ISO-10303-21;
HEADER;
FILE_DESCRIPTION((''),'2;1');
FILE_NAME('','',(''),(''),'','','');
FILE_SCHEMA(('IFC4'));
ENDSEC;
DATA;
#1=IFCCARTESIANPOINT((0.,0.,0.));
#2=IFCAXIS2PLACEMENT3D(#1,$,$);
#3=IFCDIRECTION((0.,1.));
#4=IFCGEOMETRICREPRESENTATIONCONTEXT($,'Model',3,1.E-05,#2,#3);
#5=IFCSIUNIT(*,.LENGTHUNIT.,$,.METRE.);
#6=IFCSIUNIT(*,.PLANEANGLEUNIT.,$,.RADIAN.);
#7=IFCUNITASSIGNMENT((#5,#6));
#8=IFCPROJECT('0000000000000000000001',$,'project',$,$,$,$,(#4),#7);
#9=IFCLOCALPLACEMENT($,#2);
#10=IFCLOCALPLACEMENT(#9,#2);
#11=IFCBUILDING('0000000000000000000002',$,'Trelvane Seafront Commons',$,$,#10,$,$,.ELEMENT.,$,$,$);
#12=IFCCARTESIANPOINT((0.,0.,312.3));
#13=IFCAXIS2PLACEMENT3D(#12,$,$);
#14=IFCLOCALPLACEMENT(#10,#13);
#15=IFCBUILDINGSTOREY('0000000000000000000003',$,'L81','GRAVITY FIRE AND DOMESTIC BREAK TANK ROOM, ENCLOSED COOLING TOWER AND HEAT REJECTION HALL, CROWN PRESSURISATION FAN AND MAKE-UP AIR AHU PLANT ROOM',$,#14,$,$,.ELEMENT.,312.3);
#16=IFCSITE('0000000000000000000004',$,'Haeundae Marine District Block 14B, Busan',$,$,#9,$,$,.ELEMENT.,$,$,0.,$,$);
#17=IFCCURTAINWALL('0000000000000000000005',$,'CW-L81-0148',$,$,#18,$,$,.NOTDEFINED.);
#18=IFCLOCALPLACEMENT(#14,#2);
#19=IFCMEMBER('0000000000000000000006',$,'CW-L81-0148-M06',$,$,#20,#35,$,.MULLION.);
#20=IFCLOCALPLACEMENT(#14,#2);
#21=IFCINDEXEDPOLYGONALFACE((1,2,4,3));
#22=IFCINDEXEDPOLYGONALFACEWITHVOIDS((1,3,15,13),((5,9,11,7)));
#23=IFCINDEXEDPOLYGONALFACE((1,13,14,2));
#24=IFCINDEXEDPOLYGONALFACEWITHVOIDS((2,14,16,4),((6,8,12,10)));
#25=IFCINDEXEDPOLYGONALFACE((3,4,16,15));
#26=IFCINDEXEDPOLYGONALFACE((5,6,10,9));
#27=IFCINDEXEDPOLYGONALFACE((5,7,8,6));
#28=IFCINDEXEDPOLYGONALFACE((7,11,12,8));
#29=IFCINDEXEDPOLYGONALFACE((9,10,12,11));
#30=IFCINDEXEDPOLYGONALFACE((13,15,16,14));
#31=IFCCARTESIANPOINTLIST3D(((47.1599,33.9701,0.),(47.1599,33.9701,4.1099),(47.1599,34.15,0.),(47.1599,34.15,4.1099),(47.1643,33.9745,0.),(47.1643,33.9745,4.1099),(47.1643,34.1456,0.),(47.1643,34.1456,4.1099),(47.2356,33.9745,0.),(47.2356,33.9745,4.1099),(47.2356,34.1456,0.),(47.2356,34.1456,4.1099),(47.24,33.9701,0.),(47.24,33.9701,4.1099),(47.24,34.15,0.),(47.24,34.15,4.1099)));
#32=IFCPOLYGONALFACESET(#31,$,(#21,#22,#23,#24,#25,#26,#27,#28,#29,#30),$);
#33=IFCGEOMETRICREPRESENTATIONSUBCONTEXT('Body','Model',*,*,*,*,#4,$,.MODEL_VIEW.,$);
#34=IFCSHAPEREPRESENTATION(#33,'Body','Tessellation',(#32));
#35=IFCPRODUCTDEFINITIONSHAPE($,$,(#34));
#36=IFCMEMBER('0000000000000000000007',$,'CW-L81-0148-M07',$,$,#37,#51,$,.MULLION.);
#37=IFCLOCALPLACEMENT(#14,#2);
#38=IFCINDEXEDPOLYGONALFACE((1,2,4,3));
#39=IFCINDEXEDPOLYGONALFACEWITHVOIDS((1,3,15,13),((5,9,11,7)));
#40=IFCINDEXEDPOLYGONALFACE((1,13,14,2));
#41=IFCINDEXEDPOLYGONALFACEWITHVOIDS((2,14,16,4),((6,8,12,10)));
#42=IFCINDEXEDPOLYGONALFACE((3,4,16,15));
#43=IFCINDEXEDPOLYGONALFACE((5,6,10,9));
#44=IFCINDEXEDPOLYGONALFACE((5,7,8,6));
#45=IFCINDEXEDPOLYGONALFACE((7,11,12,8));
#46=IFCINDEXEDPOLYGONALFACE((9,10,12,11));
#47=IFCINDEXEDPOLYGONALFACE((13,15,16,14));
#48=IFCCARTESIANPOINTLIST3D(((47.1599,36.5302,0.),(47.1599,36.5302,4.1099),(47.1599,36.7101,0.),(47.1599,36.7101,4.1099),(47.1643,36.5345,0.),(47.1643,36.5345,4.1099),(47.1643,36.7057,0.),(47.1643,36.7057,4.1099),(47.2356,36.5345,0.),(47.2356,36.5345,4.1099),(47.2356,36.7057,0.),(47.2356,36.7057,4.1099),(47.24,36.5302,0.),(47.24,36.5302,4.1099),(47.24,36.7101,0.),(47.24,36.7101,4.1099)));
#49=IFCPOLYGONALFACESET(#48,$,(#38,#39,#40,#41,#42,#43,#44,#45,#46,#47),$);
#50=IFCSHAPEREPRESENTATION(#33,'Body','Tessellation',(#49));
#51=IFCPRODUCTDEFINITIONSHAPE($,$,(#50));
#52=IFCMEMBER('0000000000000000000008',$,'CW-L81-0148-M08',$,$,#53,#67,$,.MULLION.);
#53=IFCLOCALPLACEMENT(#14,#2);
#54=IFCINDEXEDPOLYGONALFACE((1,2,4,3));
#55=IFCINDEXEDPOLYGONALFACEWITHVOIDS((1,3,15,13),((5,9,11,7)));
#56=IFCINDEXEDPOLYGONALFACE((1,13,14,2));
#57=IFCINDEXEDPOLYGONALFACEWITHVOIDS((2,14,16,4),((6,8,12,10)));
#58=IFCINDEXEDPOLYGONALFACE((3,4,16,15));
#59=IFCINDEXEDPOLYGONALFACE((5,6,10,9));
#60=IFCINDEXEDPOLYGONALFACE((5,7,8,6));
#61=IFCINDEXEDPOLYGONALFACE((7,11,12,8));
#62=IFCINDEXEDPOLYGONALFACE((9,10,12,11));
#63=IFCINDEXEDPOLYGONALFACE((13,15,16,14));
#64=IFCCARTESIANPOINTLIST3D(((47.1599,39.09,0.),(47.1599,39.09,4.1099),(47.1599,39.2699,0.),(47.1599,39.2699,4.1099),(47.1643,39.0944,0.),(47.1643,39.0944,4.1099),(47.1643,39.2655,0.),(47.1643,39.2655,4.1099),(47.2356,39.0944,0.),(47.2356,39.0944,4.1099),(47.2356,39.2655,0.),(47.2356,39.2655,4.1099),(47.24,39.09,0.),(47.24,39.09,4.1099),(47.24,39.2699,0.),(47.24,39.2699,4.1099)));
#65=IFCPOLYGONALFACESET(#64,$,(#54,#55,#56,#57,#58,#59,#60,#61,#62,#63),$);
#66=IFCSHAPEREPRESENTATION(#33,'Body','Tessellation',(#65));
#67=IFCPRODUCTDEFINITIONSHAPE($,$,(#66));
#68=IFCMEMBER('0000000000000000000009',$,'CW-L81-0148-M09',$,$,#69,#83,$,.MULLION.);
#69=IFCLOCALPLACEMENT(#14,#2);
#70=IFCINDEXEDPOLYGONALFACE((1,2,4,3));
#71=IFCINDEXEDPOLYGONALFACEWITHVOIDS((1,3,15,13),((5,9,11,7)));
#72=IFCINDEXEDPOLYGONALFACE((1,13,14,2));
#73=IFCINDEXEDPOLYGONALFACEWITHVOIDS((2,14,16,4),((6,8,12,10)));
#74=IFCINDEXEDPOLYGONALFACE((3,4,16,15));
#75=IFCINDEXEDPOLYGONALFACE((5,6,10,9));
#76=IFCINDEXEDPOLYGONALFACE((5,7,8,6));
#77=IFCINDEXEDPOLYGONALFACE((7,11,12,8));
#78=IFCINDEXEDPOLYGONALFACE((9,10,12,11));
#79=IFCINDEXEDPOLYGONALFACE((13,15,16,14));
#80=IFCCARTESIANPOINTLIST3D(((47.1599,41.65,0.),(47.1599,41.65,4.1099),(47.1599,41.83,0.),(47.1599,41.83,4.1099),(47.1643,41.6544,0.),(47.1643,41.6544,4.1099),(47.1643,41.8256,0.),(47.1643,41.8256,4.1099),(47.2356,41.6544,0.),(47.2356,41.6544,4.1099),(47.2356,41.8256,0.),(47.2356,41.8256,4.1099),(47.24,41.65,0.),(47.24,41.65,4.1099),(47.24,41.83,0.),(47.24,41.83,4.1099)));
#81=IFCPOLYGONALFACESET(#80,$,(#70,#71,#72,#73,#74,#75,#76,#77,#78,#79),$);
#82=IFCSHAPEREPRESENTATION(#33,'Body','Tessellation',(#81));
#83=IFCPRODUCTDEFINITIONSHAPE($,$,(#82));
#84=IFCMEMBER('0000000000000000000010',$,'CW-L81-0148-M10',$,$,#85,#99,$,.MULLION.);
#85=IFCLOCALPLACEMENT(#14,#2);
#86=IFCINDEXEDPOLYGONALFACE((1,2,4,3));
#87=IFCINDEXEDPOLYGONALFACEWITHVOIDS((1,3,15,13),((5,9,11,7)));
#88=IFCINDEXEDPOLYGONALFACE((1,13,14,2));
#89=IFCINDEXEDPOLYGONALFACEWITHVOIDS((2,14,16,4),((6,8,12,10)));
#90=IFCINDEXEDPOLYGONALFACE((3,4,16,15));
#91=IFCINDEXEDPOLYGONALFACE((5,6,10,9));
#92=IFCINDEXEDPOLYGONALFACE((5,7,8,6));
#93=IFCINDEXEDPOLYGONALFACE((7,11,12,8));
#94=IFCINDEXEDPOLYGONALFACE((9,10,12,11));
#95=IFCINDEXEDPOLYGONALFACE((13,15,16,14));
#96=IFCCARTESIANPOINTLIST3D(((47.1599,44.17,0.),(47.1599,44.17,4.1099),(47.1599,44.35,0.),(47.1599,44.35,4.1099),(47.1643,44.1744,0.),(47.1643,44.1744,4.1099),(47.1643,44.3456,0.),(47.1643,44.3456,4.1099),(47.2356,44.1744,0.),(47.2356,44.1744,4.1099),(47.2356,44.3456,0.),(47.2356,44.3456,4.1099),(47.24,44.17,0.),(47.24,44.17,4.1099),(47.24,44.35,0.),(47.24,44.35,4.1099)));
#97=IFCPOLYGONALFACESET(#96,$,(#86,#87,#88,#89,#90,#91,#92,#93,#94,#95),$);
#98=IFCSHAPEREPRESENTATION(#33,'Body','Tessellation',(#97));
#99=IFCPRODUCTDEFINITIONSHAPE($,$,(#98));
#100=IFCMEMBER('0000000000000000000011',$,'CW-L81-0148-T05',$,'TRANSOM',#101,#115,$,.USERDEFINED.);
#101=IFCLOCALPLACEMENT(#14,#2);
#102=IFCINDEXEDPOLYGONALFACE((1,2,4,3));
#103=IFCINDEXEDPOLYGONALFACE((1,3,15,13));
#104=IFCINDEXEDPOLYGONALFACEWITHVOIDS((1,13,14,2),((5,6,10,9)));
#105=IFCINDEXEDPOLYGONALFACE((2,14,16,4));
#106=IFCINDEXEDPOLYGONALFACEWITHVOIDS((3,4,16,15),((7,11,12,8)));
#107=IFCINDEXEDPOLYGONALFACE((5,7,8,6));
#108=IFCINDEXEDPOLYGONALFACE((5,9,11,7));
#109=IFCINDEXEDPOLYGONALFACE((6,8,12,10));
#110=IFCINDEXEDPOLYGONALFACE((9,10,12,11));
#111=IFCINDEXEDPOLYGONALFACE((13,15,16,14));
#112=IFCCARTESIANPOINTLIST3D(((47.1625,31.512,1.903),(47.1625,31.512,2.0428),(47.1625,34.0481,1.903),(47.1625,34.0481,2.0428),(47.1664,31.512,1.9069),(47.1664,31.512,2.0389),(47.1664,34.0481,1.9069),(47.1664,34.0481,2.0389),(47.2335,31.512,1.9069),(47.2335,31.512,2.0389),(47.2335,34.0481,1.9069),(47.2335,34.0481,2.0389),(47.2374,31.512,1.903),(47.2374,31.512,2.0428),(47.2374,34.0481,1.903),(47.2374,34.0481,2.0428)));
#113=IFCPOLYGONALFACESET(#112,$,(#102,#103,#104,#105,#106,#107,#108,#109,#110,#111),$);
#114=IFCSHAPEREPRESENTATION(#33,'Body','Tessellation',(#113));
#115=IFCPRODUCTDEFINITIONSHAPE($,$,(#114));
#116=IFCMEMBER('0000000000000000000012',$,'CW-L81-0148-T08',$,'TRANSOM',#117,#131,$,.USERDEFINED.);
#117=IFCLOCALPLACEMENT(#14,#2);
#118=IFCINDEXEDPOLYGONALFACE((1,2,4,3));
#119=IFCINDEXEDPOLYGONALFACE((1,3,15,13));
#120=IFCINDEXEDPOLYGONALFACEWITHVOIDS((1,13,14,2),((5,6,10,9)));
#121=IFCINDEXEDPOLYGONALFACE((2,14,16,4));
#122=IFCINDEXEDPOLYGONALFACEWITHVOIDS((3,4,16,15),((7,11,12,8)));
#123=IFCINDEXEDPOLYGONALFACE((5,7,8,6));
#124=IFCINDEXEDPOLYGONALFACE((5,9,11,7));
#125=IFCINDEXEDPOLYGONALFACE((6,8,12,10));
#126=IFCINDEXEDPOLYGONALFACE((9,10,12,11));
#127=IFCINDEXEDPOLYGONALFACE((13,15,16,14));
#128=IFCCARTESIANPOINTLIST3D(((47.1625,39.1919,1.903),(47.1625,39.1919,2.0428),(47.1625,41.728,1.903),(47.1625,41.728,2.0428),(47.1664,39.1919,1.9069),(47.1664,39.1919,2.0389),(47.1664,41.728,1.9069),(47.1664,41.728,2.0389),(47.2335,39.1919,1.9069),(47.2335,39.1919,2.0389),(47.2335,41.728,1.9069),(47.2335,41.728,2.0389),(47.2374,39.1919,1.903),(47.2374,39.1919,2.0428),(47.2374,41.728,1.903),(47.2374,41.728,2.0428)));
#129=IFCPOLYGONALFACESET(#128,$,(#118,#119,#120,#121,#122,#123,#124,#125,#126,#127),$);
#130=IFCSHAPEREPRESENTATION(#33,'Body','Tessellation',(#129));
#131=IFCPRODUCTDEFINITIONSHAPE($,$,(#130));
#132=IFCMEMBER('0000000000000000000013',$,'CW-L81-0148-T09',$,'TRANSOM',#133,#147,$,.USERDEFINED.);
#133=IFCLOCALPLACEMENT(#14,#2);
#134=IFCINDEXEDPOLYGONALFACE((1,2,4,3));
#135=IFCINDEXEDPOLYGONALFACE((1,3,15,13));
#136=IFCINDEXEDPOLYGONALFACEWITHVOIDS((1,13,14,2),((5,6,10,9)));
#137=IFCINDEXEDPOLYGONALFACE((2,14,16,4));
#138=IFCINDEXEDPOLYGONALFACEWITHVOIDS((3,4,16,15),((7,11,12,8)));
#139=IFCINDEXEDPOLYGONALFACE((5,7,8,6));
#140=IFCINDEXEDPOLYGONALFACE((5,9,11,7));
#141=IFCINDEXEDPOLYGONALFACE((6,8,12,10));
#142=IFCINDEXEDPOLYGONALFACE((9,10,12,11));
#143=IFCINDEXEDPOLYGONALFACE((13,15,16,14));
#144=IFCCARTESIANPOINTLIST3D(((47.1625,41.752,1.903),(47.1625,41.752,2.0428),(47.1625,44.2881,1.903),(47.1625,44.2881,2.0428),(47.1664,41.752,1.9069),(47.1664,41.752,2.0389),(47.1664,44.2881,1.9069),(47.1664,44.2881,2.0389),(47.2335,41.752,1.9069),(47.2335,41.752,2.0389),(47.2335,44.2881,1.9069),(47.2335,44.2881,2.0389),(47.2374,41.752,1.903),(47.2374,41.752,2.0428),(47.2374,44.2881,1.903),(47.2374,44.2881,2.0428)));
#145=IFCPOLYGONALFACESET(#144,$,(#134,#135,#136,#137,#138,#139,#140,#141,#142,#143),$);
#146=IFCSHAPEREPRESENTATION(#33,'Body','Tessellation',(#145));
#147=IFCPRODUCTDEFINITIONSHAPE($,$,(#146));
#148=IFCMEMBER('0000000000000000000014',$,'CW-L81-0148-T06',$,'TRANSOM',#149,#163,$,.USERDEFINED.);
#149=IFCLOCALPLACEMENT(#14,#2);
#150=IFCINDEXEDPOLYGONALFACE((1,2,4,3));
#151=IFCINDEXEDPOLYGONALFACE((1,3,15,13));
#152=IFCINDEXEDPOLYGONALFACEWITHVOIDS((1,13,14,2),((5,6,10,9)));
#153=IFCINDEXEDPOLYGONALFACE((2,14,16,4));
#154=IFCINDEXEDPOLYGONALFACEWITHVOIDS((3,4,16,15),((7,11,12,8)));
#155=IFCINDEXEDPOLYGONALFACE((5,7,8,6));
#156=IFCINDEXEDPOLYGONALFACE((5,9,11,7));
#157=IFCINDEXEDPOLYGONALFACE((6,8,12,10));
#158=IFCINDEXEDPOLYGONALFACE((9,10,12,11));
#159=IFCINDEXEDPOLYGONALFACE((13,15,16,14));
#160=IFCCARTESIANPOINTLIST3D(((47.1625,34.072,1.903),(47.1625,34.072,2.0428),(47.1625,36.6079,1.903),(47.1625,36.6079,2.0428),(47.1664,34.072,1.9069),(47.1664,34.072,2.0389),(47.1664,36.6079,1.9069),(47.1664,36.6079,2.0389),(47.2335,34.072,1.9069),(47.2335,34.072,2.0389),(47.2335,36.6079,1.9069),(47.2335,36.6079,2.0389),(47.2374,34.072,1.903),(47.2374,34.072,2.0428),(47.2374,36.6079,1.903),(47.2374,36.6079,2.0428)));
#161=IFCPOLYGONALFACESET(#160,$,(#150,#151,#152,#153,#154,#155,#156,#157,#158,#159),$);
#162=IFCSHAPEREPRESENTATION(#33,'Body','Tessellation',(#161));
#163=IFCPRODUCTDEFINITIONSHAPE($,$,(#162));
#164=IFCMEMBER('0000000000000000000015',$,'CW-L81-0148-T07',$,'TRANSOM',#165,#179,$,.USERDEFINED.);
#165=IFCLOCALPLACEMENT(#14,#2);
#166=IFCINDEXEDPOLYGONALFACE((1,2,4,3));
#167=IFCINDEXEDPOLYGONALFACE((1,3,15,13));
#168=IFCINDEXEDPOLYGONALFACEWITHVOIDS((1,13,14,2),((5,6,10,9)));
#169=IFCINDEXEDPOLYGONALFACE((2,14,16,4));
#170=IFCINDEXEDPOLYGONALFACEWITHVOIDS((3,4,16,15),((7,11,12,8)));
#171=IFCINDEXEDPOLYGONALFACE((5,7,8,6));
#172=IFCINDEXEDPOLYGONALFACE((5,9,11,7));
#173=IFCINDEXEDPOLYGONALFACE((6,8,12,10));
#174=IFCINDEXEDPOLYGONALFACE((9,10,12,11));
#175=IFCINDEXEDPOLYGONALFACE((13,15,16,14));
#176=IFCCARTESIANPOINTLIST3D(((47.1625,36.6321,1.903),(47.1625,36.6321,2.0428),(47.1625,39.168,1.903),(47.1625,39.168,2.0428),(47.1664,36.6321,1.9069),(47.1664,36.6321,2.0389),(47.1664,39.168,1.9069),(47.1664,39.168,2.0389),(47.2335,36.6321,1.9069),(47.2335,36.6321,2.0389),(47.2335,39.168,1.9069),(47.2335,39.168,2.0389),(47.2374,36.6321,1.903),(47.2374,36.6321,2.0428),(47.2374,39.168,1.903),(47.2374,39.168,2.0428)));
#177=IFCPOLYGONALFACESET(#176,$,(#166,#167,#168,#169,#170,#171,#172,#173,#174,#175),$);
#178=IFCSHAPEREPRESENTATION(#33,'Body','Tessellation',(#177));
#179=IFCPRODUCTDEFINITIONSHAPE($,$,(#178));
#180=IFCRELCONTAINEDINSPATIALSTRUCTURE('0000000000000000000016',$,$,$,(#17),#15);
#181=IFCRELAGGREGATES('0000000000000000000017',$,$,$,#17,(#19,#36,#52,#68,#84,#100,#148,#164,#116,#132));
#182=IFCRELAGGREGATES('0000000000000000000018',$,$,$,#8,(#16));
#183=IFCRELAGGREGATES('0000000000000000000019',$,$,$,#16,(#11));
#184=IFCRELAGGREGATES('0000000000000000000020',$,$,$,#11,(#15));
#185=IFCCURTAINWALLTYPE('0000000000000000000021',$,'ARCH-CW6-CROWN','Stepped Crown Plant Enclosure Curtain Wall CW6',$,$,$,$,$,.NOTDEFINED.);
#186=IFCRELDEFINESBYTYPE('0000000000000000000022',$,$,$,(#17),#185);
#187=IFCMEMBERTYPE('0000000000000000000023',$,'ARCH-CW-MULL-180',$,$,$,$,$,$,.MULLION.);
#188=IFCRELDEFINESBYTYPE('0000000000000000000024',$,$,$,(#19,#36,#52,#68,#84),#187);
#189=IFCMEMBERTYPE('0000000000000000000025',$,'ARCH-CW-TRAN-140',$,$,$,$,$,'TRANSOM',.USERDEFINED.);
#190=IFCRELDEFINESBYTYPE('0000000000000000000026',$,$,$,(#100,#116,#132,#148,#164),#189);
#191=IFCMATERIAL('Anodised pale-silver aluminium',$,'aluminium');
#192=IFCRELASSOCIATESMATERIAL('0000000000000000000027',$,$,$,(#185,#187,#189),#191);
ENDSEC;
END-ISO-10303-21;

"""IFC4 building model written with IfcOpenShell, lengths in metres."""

from ifc_helpers import new_model, si_unit, direction, frame, origin, origin_2d, place, context, subcontext, project, spatial, hollow_rectangle, extrude, source, transform, mapped, material, material_profile, profile_set, type_object, element, aggregate, save


model = new_model("IFC4")

# Units and contexts
model_context = context("Model", 3, precision=1e-05, world=origin(), true_north=direction((0.0, 1.0)))
body_context = subcontext(model_context, "Body", "Model", "MODEL_VIEW")
ifc_project = project(units=[si_unit("LENGTHUNIT", "METRE"), si_unit("PLANEANGLEUNIT", "RADIAN")], contexts=[model_context])

# Site, building, storey
site_placement = place(None, origin())
site = spatial("IfcSite", under=ifc_project, at=site_placement, Name="Haeundae Marine District Block 14B, Busan", CompositionType="ELEMENT", RefElevation=0.0)
building_placement = place(site_placement, origin())
building = spatial("IfcBuilding", under=site, at=building_placement, Name="Trelvane Seafront Commons", CompositionType="ELEMENT")
storey_placement = place(building_placement, frame((0.0, 0.0, 312.3)))
storey = spatial("IfcBuildingStorey", under=building, at=storey_placement, Name="L81", Description="GRAVITY FIRE AND DOMESTIC BREAK TANK ROOM, ENCLOSED COOLING TOWER AND HEAT REJECTION HALL, CROWN PRESSURISATION FAN AND MAKE-UP AIR AHU PLANT ROOM", CompositionType="ELEMENT", Elevation=312.3)

# Curtain wall, members
ifc_material_1 = material(Name="Anodised pale-silver aluminium", Category="aluminium")
curtain_wall_type = type_object("IfcCurtainWallType", Name="ARCH-CW6-CROWN", Description="Stepped Crown Plant Enclosure Curtain Wall CW6", PredefinedType="NOTDEFINED", material=ifc_material_1)
curtain_wall_placement = place(storey_placement, origin())
curtain_wall = element("IfcCurtainWall", 1, at=curtain_wall_placement, inside=storey, type_object=curtain_wall_type, Name="CW-L81-0148", PredefinedType="NOTDEFINED")
ifc_material_profile_1 = material_profile(ifc_material_1, hollow_rectangle(XDim=0.0801, YDim=0.1799, WallThickness=0.0044, at=origin_2d()), Name="MULL-80x180x4.5")
ifc_profile_set_1 = profile_set([ifc_material_profile_1], Name="Anodised pale-silver aluminium")
member_type_1 = type_object("IfcMemberType", Name="ARCH-CW-MULL-180", PredefinedType="MULLION", material=ifc_profile_set_1)
shared_shape_1 = source(origin(), body_context, "Body", "SweptSolid", [
    extrude(hollow_rectangle(XDim=0.0801, YDim=0.1799, WallThickness=0.0044, at=origin_2d()), origin(), (0.0, 0.0, 1.0), 4.1099),
])
member_1_placement = place(storey_placement, frame((47.2, 34.0601, 0.0), z_axis=(0.0, 0.0, 1.0), x_axis=(1.0, 0.0, 0.0)))
member_1 = element("IfcMember", 2, at=member_1_placement, type_object=member_type_1, Name="CW-L81-0148-M06", PredefinedType="MULLION", context=body_context, shape_type="MappedRepresentation", body=[
    mapped(shared_shape_1, transform((0.0, 0.0, 0.0), x_axis=(1.0, 0.0, 0.0), y_axis=(0.0, 1.0, 0.0), z_axis=(0.0, 0.0, 1.0), scale=1.0)),
])
member_2_placement = place(storey_placement, frame((47.2, 36.6201, 0.0), z_axis=(0.0, 0.0, 1.0), x_axis=(1.0, 0.0, 0.0)))
member_2 = element("IfcMember", 3, at=member_2_placement, type_object=member_type_1, Name="CW-L81-0148-M07", PredefinedType="MULLION", context=body_context, shape_type="MappedRepresentation", body=[
    mapped(shared_shape_1, transform((0.0, 0.0, 0.0), x_axis=(1.0, 0.0, 0.0), y_axis=(0.0, 1.0, 0.0), z_axis=(0.0, 0.0, 1.0), scale=1.0)),
])
member_3_placement = place(storey_placement, frame((47.2, 39.1799, 0.0), z_axis=(0.0, 0.0, 1.0), x_axis=(1.0, 0.0, 0.0)))
member_3 = element("IfcMember", 4, at=member_3_placement, type_object=member_type_1, Name="CW-L81-0148-M08", PredefinedType="MULLION", context=body_context, shape_type="MappedRepresentation", body=[
    mapped(shared_shape_1, transform((0.0, 0.0, 0.0), x_axis=(1.0, 0.0, 0.0), y_axis=(0.0, 1.0, 0.0), z_axis=(0.0, 0.0, 1.0), scale=1.0)),
])
member_4_placement = place(storey_placement, frame((47.2, 41.74, 0.0), z_axis=(0.0, 0.0, 1.0), x_axis=(1.0, 0.0, 0.0)))
member_4 = element("IfcMember", 5, at=member_4_placement, type_object=member_type_1, Name="CW-L81-0148-M09", PredefinedType="MULLION", context=body_context, shape_type="MappedRepresentation", body=[
    mapped(shared_shape_1, transform((0.0, 0.0, 0.0), x_axis=(1.0, 0.0, 0.0), y_axis=(0.0, 1.0, 0.0), z_axis=(0.0, 0.0, 1.0), scale=1.0)),
])
member_5_placement = place(storey_placement, frame((47.2, 44.26, 0.0), z_axis=(0.0, 0.0, 1.0), x_axis=(1.0, 0.0, 0.0)))
member_5 = element("IfcMember", 6, at=member_5_placement, type_object=member_type_1, Name="CW-L81-0148-M10", PredefinedType="MULLION", context=body_context, shape_type="MappedRepresentation", body=[
    mapped(shared_shape_1, transform((0.0, 0.0, 0.0), x_axis=(1.0, 0.0, 0.0), y_axis=(0.0, 1.0, 0.0), z_axis=(0.0, 0.0, 1.0), scale=1.0)),
])
ifc_material_profile_2 = material_profile(ifc_material_1, hollow_rectangle(XDim=0.075, YDim=0.1399, WallThickness=0.0039, at=origin_2d()), Name="TRAN-75x140x4")
ifc_profile_set_2 = profile_set([ifc_material_profile_2], Name="Anodised pale-silver aluminium")
member_type_2 = type_object("IfcMemberType", Name="ARCH-CW-TRAN-140", ElementType="TRANSOM", PredefinedType="USERDEFINED", material=ifc_profile_set_2)
shared_shape_2 = source(origin(), body_context, "Body", "SweptSolid", [
    extrude(hollow_rectangle(XDim=0.075, YDim=0.1399, WallThickness=0.0039, at=origin_2d()), origin(), (0.0, 0.0, 1.0), 2.5361),
])
member_6_placement = place(storey_placement, frame((47.2, 31.512, 1.9729), z_axis=(0.0, 1.0, 0.0), x_axis=(-1.0, 0.0, 0.0)))
member_6 = element("IfcMember", 7, at=member_6_placement, type_object=member_type_2, Name="CW-L81-0148-T05", ObjectType="TRANSOM", PredefinedType="USERDEFINED", context=body_context, shape_type="MappedRepresentation", body=[
    mapped(shared_shape_2, transform((0.0, 0.0, 0.0), x_axis=(1.0, 0.0, 0.0), y_axis=(0.0, 1.0, 0.0), z_axis=(0.0, 0.0, 1.0), scale=1.0)),
])
member_7_placement = place(storey_placement, frame((47.2, 39.1919, 1.9729), z_axis=(0.0, 1.0, 0.0), x_axis=(-1.0, 0.0, 0.0)))
member_7 = element("IfcMember", 8, at=member_7_placement, type_object=member_type_2, Name="CW-L81-0148-T08", ObjectType="TRANSOM", PredefinedType="USERDEFINED", context=body_context, shape_type="MappedRepresentation", body=[
    mapped(shared_shape_2, transform((0.0, 0.0, 0.0), x_axis=(1.0, 0.0, 0.0), y_axis=(0.0, 1.0, 0.0), z_axis=(0.0, 0.0, 1.0), scale=1.0)),
])
member_8_placement = place(storey_placement, frame((47.2, 41.752, 1.9729), z_axis=(0.0, 1.0, 0.0), x_axis=(-1.0, 0.0, 0.0)))
member_8 = element("IfcMember", 9, at=member_8_placement, type_object=member_type_2, Name="CW-L81-0148-T09", ObjectType="TRANSOM", PredefinedType="USERDEFINED", context=body_context, shape_type="MappedRepresentation", body=[
    mapped(shared_shape_2, transform((0.0, 0.0, 0.0), x_axis=(1.0, 0.0, 0.0), y_axis=(0.0, 1.0, 0.0), z_axis=(0.0, 0.0, 1.0), scale=1.0)),
])
shared_shape_3 = source(origin(), body_context, "Body", "SweptSolid", [
    extrude(hollow_rectangle(XDim=0.075, YDim=0.1399, WallThickness=0.0039, at=origin_2d()), origin(), (0.0, 0.0, 1.0), 2.5359),
])
member_9_placement = place(storey_placement, frame((47.2, 34.072, 1.9729), z_axis=(0.0, 1.0, 0.0), x_axis=(-1.0, 0.0, 0.0)))
member_9 = element("IfcMember", 10, at=member_9_placement, type_object=member_type_2, Name="CW-L81-0148-T06", ObjectType="TRANSOM", PredefinedType="USERDEFINED", context=body_context, shape_type="MappedRepresentation", body=[
    mapped(shared_shape_3, transform((0.0, 0.0, 0.0), x_axis=(1.0, 0.0, 0.0), y_axis=(0.0, 1.0, 0.0), z_axis=(0.0, 0.0, 1.0), scale=1.0)),
])
member_10_placement = place(storey_placement, frame((47.2, 36.6321, 1.9729), z_axis=(0.0, 1.0, 0.0), x_axis=(-1.0, 0.0, 0.0)))
member_10 = element("IfcMember", 11, at=member_10_placement, type_object=member_type_2, Name="CW-L81-0148-T07", ObjectType="TRANSOM", PredefinedType="USERDEFINED", context=body_context, shape_type="MappedRepresentation", body=[
    mapped(shared_shape_3, transform((0.0, 0.0, 0.0), x_axis=(1.0, 0.0, 0.0), y_axis=(0.0, 1.0, 0.0), z_axis=(0.0, 0.0, 1.0), scale=1.0)),
])
aggregate(curtain_wall, [member_1, member_2, member_3, member_4, member_5, member_6, member_9, member_10, member_7, member_8])

save(model, "model.ifc")
